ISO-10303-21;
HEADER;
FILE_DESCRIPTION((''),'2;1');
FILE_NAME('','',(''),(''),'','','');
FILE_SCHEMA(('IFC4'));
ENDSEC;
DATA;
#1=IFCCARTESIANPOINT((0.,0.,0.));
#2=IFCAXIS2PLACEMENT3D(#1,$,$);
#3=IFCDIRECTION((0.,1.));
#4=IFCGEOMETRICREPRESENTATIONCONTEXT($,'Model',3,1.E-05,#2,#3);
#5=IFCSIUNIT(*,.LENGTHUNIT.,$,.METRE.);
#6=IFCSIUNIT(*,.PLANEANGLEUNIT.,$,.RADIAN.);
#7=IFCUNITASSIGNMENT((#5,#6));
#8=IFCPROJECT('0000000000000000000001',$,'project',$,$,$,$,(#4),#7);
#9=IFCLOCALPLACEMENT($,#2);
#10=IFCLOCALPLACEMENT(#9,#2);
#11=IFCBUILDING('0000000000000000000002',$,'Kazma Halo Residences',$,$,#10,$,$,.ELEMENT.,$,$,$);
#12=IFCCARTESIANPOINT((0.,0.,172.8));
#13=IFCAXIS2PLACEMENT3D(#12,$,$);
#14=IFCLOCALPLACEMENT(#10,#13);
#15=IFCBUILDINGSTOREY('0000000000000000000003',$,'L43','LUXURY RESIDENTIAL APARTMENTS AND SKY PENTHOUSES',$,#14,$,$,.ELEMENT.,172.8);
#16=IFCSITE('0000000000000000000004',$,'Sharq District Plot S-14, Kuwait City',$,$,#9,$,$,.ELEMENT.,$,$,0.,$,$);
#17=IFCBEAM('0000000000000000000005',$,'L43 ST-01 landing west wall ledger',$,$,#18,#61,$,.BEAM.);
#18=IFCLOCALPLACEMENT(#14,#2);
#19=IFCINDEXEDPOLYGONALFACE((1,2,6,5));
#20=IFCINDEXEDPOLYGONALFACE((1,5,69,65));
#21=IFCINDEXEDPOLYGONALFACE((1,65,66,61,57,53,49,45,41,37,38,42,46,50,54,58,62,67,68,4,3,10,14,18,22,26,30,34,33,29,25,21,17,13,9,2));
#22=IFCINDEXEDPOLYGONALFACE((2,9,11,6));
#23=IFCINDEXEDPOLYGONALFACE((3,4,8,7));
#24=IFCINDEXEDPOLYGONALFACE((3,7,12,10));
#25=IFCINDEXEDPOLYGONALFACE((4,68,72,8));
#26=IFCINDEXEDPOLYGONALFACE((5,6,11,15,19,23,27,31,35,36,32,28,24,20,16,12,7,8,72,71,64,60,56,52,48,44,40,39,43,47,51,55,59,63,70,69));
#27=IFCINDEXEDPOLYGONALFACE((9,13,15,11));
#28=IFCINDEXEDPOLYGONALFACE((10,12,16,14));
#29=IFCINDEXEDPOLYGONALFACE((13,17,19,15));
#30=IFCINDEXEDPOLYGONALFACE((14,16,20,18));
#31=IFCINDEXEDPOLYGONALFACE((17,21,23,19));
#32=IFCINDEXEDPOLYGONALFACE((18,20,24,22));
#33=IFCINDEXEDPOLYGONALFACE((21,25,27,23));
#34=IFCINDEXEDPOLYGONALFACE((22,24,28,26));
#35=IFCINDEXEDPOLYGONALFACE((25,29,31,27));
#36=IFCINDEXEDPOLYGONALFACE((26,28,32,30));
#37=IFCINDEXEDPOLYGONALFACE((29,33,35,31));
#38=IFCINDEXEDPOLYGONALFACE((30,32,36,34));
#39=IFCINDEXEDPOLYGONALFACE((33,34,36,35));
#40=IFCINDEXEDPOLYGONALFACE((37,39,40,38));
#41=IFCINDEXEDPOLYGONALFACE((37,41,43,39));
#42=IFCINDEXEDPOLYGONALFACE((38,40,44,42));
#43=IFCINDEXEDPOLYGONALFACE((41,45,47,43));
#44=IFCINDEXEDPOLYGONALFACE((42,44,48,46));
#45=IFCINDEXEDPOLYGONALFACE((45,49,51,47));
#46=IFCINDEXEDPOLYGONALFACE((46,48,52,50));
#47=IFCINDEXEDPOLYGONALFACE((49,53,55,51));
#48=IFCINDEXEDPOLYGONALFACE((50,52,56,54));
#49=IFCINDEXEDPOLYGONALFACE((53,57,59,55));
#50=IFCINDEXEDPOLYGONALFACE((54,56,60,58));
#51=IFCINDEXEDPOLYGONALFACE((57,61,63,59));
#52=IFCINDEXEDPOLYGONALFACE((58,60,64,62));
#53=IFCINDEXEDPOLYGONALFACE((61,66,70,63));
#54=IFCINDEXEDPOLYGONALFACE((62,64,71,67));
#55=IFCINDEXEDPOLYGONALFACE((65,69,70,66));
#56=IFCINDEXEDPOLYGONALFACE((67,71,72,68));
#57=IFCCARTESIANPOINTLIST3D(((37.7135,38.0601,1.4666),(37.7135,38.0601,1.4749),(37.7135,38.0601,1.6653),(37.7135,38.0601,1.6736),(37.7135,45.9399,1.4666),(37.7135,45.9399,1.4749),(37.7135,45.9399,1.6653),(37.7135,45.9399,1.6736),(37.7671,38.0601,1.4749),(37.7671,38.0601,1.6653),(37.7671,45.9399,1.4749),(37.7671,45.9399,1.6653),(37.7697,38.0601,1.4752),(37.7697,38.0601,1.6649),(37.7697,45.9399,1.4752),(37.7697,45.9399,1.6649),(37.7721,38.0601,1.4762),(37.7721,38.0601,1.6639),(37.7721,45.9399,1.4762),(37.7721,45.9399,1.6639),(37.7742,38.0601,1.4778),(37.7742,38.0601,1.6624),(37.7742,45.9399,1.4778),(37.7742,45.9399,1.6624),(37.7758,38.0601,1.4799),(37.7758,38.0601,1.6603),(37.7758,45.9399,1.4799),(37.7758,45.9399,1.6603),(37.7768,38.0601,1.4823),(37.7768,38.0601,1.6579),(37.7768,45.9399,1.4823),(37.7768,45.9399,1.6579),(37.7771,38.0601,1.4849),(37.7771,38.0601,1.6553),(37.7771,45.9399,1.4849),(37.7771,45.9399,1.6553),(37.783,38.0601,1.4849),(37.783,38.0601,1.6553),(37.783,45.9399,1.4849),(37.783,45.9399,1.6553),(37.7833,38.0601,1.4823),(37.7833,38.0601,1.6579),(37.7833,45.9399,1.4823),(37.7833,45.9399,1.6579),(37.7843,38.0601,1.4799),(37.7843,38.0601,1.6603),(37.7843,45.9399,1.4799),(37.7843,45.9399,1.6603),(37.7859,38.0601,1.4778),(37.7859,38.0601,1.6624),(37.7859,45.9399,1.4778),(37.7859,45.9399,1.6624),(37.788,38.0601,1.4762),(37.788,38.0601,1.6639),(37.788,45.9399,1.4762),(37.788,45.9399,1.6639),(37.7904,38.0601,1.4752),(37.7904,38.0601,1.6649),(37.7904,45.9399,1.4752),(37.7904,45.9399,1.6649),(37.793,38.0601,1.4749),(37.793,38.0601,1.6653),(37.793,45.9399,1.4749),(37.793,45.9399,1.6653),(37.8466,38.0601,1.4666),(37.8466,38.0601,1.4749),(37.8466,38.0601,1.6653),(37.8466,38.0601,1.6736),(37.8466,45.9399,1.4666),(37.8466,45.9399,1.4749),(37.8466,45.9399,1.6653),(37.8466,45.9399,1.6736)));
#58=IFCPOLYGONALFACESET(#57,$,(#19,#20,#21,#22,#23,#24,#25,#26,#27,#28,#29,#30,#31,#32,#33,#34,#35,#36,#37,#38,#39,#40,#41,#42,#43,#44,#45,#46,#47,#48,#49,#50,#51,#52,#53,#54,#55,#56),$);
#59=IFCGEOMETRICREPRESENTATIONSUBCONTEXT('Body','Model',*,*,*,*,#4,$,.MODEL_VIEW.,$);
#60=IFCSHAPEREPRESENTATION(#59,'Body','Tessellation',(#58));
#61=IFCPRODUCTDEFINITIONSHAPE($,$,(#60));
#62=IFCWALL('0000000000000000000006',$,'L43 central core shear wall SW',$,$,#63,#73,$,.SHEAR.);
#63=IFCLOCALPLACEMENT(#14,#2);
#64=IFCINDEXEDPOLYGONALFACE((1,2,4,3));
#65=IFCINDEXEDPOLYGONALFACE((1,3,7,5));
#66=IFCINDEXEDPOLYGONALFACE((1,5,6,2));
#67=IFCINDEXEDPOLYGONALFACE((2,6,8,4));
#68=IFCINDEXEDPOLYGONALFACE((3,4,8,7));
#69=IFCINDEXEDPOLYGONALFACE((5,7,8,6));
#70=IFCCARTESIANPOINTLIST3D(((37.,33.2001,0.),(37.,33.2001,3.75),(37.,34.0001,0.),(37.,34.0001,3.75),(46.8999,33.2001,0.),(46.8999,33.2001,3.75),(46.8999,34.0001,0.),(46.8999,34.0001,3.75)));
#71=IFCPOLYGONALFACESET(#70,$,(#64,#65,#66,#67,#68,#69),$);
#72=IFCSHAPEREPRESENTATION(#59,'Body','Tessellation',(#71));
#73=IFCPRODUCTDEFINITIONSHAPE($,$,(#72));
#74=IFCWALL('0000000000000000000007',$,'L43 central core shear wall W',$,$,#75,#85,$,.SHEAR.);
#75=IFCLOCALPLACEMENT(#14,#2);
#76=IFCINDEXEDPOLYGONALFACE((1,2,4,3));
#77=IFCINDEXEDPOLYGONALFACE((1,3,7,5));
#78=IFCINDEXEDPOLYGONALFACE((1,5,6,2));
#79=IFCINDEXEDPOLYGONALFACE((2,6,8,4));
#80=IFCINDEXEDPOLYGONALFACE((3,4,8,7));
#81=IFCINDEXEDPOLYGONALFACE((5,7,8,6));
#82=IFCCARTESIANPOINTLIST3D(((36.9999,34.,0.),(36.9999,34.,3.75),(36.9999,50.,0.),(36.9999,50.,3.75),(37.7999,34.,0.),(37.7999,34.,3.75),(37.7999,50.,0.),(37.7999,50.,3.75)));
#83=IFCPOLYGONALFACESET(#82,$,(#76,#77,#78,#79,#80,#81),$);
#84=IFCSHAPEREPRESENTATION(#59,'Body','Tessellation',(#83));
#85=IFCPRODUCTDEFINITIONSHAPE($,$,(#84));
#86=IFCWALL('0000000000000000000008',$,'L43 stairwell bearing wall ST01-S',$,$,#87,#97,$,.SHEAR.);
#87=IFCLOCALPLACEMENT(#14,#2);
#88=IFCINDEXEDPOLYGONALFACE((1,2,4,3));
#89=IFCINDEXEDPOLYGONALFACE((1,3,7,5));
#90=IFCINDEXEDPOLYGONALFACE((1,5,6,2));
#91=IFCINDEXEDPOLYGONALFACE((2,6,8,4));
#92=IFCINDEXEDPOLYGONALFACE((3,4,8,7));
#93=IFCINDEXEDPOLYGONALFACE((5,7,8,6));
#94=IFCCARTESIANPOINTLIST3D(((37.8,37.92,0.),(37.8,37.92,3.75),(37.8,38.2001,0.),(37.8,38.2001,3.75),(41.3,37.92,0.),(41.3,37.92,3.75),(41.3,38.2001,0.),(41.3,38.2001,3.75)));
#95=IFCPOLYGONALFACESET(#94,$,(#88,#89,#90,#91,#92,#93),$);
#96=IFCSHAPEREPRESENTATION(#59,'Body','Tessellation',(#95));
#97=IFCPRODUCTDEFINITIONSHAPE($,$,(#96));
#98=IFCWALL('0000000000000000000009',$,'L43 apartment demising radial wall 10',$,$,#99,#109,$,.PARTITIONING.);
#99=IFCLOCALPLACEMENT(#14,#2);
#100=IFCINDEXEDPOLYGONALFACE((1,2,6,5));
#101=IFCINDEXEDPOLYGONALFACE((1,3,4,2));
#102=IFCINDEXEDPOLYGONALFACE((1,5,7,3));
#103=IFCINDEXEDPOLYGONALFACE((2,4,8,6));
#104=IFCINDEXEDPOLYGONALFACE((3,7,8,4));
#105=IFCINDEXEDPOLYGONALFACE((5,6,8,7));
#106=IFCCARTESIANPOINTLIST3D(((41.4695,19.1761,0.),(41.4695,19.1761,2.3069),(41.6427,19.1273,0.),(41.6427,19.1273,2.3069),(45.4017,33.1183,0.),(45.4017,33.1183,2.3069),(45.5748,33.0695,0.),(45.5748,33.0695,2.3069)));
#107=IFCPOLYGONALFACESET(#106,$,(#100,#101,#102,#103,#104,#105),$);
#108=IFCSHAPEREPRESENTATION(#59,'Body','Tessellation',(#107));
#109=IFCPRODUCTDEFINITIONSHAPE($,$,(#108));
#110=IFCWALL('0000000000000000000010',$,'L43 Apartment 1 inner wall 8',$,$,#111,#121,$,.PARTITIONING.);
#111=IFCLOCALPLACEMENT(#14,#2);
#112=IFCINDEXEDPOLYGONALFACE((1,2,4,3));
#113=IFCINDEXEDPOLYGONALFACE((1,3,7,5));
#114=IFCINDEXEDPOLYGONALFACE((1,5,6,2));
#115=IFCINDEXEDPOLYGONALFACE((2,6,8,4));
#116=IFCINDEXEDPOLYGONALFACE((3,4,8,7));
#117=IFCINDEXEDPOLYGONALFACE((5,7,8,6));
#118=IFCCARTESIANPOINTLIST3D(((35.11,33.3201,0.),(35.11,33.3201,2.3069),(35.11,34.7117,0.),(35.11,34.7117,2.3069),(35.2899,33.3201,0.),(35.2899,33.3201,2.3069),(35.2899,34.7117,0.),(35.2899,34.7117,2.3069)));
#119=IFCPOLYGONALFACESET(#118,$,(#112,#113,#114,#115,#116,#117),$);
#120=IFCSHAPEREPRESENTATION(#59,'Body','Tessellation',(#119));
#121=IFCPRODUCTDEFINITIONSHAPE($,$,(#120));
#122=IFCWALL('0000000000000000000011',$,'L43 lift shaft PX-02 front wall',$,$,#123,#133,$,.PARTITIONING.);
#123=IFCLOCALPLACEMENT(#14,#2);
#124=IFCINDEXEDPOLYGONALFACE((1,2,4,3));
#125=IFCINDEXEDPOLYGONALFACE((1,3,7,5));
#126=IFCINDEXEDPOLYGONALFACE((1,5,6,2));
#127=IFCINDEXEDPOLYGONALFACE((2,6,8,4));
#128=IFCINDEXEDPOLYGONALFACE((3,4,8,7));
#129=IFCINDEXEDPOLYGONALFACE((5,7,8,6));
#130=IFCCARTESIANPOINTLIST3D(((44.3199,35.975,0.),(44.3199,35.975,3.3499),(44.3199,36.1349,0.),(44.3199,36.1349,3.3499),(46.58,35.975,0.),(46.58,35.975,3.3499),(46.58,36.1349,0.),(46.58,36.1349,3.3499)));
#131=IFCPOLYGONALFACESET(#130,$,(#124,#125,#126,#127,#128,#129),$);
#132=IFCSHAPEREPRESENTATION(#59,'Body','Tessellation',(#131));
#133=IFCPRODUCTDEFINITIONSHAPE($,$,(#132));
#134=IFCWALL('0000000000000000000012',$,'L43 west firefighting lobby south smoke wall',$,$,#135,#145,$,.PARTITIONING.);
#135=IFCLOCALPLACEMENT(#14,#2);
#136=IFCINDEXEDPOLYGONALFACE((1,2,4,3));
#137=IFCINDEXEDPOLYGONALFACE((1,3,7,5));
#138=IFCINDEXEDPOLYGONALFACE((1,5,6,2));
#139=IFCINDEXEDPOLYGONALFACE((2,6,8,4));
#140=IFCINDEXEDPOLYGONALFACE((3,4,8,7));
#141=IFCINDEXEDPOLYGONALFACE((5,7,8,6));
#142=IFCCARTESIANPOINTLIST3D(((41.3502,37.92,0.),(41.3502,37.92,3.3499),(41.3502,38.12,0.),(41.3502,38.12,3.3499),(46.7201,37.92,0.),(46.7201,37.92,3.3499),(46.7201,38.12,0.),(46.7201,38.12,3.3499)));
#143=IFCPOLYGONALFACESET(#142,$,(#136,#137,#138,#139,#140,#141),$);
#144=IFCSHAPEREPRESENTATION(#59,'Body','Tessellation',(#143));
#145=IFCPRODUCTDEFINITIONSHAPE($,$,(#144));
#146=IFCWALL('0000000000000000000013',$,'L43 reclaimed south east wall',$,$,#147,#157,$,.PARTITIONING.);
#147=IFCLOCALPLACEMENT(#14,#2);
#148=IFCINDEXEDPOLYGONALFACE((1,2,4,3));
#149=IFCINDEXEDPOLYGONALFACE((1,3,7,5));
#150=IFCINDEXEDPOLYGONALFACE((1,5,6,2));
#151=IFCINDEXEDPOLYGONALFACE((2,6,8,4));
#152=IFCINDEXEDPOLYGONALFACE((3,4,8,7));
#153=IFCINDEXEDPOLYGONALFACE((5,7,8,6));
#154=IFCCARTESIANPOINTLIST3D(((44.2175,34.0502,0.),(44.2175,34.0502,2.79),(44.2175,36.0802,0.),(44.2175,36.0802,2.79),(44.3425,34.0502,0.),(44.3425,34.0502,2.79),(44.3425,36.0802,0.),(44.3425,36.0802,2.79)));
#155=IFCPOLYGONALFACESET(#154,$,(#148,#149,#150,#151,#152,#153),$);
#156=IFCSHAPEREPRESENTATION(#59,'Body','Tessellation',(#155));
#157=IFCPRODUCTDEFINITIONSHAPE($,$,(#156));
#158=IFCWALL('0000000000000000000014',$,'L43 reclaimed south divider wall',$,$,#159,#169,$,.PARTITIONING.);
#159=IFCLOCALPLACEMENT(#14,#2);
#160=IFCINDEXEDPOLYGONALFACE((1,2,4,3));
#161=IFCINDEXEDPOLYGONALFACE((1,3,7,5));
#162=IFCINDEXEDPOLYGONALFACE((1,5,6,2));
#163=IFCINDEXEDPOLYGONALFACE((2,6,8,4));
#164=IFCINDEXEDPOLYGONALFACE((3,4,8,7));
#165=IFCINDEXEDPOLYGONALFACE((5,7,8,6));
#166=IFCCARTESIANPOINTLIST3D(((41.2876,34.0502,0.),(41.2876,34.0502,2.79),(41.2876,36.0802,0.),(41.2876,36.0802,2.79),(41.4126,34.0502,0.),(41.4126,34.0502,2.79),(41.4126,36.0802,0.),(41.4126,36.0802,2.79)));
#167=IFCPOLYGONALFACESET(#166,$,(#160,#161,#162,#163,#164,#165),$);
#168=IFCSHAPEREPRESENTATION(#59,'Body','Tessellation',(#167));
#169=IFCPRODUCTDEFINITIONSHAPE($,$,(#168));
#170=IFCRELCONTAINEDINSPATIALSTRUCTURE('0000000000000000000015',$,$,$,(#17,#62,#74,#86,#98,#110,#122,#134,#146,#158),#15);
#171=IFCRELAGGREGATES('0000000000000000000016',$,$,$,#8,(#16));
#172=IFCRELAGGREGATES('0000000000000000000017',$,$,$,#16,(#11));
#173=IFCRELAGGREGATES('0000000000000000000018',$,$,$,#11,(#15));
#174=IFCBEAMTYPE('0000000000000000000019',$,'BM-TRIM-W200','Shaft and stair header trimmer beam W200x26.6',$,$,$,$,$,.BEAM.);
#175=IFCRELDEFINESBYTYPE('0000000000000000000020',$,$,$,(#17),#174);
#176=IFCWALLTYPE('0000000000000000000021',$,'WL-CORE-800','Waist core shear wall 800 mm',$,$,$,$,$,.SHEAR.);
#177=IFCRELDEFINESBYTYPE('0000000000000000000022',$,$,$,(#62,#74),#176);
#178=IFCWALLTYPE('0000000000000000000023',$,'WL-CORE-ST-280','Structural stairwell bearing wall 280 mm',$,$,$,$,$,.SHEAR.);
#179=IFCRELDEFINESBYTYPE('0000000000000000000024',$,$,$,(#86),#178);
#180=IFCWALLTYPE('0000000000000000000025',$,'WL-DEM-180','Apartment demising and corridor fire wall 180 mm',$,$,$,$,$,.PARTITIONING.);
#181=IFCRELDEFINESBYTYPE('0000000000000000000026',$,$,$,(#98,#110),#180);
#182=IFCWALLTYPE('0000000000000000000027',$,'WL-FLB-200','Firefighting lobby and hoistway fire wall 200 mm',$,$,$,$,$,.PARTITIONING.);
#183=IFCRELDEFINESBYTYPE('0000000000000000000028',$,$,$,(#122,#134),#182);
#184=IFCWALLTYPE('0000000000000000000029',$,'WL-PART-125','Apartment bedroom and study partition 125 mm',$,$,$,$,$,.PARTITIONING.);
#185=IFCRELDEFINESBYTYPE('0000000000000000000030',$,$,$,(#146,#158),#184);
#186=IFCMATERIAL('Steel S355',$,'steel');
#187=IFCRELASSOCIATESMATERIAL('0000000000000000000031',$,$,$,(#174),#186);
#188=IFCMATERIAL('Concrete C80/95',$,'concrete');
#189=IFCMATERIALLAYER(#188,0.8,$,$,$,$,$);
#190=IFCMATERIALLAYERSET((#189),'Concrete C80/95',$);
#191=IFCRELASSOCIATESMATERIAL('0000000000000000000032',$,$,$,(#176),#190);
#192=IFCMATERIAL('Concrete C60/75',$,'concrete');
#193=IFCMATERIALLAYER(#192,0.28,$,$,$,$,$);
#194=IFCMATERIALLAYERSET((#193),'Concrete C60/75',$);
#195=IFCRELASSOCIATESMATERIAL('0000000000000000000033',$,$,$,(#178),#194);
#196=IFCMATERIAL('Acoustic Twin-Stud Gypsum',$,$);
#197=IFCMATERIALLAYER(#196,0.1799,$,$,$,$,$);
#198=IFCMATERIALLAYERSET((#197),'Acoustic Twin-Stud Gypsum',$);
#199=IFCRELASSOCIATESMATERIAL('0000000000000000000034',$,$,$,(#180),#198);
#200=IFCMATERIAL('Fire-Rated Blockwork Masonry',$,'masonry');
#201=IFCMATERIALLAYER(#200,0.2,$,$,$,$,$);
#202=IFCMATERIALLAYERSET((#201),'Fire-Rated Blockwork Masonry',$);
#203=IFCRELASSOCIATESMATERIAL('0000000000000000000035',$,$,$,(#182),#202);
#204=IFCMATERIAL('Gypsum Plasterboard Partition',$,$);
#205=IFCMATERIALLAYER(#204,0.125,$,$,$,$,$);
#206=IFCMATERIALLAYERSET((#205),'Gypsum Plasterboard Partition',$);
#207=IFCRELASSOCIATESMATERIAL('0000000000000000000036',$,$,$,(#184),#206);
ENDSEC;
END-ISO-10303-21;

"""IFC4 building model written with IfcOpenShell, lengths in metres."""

from ifc_helpers import new_model, si_unit, direction, frame, frame_2d, origin, origin_2d, place, context, subcontext, project, spatial, rectangle, i_section, extrude, material, layer, layer_set, material_profile, profile_set, type_object, element, save


model = new_model("IFC4")

# Units and contexts
model_context = context("Model", 3, precision=1e-05, world=origin(), true_north=direction((0.0, 1.0)))
body_context = subcontext(model_context, "Body", "Model", "MODEL_VIEW")
ifc_project = project(units=[si_unit("LENGTHUNIT", "METRE"), si_unit("PLANEANGLEUNIT", "RADIAN")], contexts=[model_context])

# Site, building, storey
site_placement = place(None, origin())
site = spatial("IfcSite", under=ifc_project, at=site_placement, Name="Sharq District Plot S-14, Kuwait City", CompositionType="ELEMENT", RefElevation=0.0)
building_placement = place(site_placement, origin())
building = spatial("IfcBuilding", under=site, at=building_placement, Name="Kazma Halo Residences", CompositionType="ELEMENT")
storey_placement = place(building_placement, frame((0.0, 0.0, 172.8)))
storey = spatial("IfcBuildingStorey", under=building, at=storey_placement, Name="L43", Description="LUXURY RESIDENTIAL APARTMENTS AND SKY PENTHOUSES", CompositionType="ELEMENT", Elevation=172.8)

# Beam
ifc_material_1 = material(Name="Steel S355", Category="steel")
ifc_material_profile_1 = material_profile(ifc_material_1, i_section(OverallWidth=0.1331, OverallDepth=0.207, WebThickness=0.0059, FlangeThickness=0.0083, FilletRadius=0.01, at=origin_2d()), Name="W200x26.6")
ifc_profile_set_1 = profile_set([ifc_material_profile_1], Name="Steel S355")
beam_type_1 = type_object("IfcBeamType", Name="BM-TRIM-W200", Description="Shaft and stair header trimmer beam W200x26.6", PredefinedType="BEAM", material=ifc_profile_set_1)
beam_1_placement = place(storey_placement, frame((37.78, 38.0601, 1.5701), z_axis=(0.0, 1.0, 0.0), x_axis=(-1.0, 0.0, 0.0)))
element("IfcBeam", 1, at=beam_1_placement, inside=storey, type_object=beam_type_1, Name="L43 ST-01 landing west wall ledger", PredefinedType="BEAM", context=body_context, shape_type="SweptSolid", body=[
    extrude(i_section(OverallWidth=0.1331, OverallDepth=0.207, WebThickness=0.0059, FlangeThickness=0.0083, FilletRadius=0.01, at=origin_2d()), origin(), (0.0, 0.0, 1.0), 7.8799),
])

# Walls
ifc_material_2 = material(Name="Concrete C80/95", Category="concrete")
ifc_layer_1 = layer(ifc_material_2, 0.8)
ifc_layer_set_1 = layer_set([ifc_layer_1], Name="Concrete C80/95")
wall_type_1 = type_object("IfcWallType", Name="WL-CORE-800", Description="Waist core shear wall 800 mm", PredefinedType="SHEAR", material=ifc_layer_set_1)
wall_1_placement = place(storey_placement, frame((37.0, 33.6001, 0.0), z_axis=(0.0, 0.0, 1.0), x_axis=(1.0, 0.0, 0.0)))
element("IfcWall", 2, at=wall_1_placement, inside=storey, type_object=wall_type_1, Name="L43 central core shear wall SW", PredefinedType="SHEAR", context=body_context, shape_type="SweptSolid", body=[
    extrude(rectangle(XDim=9.8999, YDim=0.8, at=frame_2d((4.95, 0.0))), origin(), (0.0, 0.0, 1.0), 3.75),
])
wall_2_placement = place(storey_placement, frame((37.3999, 34.0, 0.0), z_axis=(0.0, 0.0, 1.0), x_axis=(0.0, 1.0, 0.0)))
element("IfcWall", 3, at=wall_2_placement, inside=storey, type_object=wall_type_1, Name="L43 central core shear wall W", PredefinedType="SHEAR", context=body_context, shape_type="SweptSolid", body=[
    extrude(rectangle(XDim=16.0, YDim=0.8, at=frame_2d((8.0, 0.0))), origin(), (0.0, 0.0, 1.0), 3.75),
])
ifc_material_3 = material(Name="Concrete C60/75", Category="concrete")
ifc_layer_2 = layer(ifc_material_3, 0.28)
ifc_layer_set_2 = layer_set([ifc_layer_2], Name="Concrete C60/75")
wall_type_2 = type_object("IfcWallType", Name="WL-CORE-ST-280", Description="Structural stairwell bearing wall 280 mm", PredefinedType="SHEAR", material=ifc_layer_set_2)
wall_3_placement = place(storey_placement, frame((37.8, 38.0601, 0.0), z_axis=(0.0, 0.0, 1.0), x_axis=(1.0, 0.0, 0.0)))
element("IfcWall", 4, at=wall_3_placement, inside=storey, type_object=wall_type_2, Name="L43 stairwell bearing wall ST01-S", PredefinedType="SHEAR", context=body_context, shape_type="SweptSolid", body=[
    extrude(rectangle(XDim=3.5, YDim=0.28, at=frame_2d((1.75, 0.0))), origin(), (0.0, 0.0, 1.0), 3.75),
])
ifc_material_4 = material(Name="Acoustic Twin-Stud Gypsum")
ifc_layer_3 = layer(ifc_material_4, 0.1799)
ifc_layer_set_3 = layer_set([ifc_layer_3], Name="Acoustic Twin-Stud Gypsum")
wall_type_3 = type_object("IfcWallType", Name="WL-DEM-180", Description="Apartment demising and corridor fire wall 180 mm", PredefinedType="PARTITIONING", material=ifc_layer_set_3)
wall_4_placement = place(storey_placement, frame((45.4883, 33.094, 0.0), z_axis=(0.0, 0.0, 1.0), x_axis=(-0.271443, -0.962455, 0.0)))
element("IfcWall", 5, at=wall_4_placement, inside=storey, type_object=wall_type_3, Name="L43 apartment demising radial wall 10", PredefinedType="PARTITIONING", context=body_context, shape_type="SweptSolid", body=[
    extrude(rectangle(XDim=14.4861, YDim=0.1799, at=frame_2d((7.2432, 0.0))), origin(), (0.0, 0.0, 1.0), 2.3069),
])
wall_5_placement = place(storey_placement, frame((35.2, 34.7117, 0.0), z_axis=(0.0, 0.0, 1.0), x_axis=(0.0, -1.0, 0.0)))
element("IfcWall", 6, at=wall_5_placement, inside=storey, type_object=wall_type_3, Name="L43 Apartment 1 inner wall 8", PredefinedType="PARTITIONING", context=body_context, shape_type="SweptSolid", body=[
    extrude(rectangle(XDim=1.3916, YDim=0.1799, at=frame_2d((0.6958, 0.0))), origin(), (0.0, 0.0, 1.0), 2.3069),
])
ifc_material_5 = material(Name="Fire-Rated Blockwork Masonry", Category="masonry")
ifc_layer_4 = layer(ifc_material_5, 0.2)
ifc_layer_set_4 = layer_set([ifc_layer_4], Name="Fire-Rated Blockwork Masonry")
wall_type_4 = type_object("IfcWallType", Name="WL-FLB-200", Description="Firefighting lobby and hoistway fire wall 200 mm", PredefinedType="PARTITIONING", material=ifc_layer_set_4)
wall_6_placement = place(storey_placement, frame((44.3201, 36.0549, 0.0), z_axis=(0.0, 0.0, 1.0), x_axis=(1.0, 0.0, 0.0)))
element("IfcWall", 7, at=wall_6_placement, inside=storey, type_object=wall_type_4, Name="L43 lift shaft PX-02 front wall", PredefinedType="PARTITIONING", context=body_context, shape_type="SweptSolid", body=[
    extrude(rectangle(XDim=2.26, YDim=0.1599, at=frame_2d((1.1299, 0.0))), origin(), (0.0, 0.0, 1.0), 3.3499),
])
wall_7_placement = place(storey_placement, frame((41.3501, 38.02, 0.0), z_axis=(0.0, 0.0, 1.0), x_axis=(1.0, 0.0, 0.0)))
element("IfcWall", 8, at=wall_7_placement, inside=storey, type_object=wall_type_4, Name="L43 west firefighting lobby south smoke wall", PredefinedType="PARTITIONING", context=body_context, shape_type="SweptSolid", body=[
    extrude(rectangle(XDim=5.3699, YDim=0.2, at=frame_2d((2.6851, 0.0))), origin(), (0.0, 0.0, 1.0), 3.3499),
])
ifc_material_6 = material(Name="Gypsum Plasterboard Partition")
ifc_layer_5 = layer(ifc_material_6, 0.125)
ifc_layer_set_5 = layer_set([ifc_layer_5], Name="Gypsum Plasterboard Partition")
wall_type_5 = type_object("IfcWallType", Name="WL-PART-125", Description="Apartment bedroom and study partition 125 mm", PredefinedType="PARTITIONING", material=ifc_layer_set_5)
for number, where, z_axis, x_axis, name in (
    (9, (44.28, 34.05, 0.0), (0.0, 0.0, 1.0), (0.0, 1.0, 0.0), "L43 reclaimed south east wall"),
    (10, (41.3501, 34.05, 0.0), (0.0, 0.0, 1.0), (0.0, 1.0, 0.0), "L43 reclaimed south divider wall"),
):
    element("IfcWall", number, at=place(storey_placement, frame(where, z_axis=z_axis, x_axis=x_axis)), inside=storey, type_object=wall_type_5, Name=name, PredefinedType="PARTITIONING", context=body_context, shape_type="SweptSolid", body=[
        extrude(rectangle(XDim=2.03, YDim=0.125, at=frame_2d((1.0151, 0.0))), origin(), (0.0, 0.0, 1.0), 2.79),
    ])

save(model, "model.ifc")
